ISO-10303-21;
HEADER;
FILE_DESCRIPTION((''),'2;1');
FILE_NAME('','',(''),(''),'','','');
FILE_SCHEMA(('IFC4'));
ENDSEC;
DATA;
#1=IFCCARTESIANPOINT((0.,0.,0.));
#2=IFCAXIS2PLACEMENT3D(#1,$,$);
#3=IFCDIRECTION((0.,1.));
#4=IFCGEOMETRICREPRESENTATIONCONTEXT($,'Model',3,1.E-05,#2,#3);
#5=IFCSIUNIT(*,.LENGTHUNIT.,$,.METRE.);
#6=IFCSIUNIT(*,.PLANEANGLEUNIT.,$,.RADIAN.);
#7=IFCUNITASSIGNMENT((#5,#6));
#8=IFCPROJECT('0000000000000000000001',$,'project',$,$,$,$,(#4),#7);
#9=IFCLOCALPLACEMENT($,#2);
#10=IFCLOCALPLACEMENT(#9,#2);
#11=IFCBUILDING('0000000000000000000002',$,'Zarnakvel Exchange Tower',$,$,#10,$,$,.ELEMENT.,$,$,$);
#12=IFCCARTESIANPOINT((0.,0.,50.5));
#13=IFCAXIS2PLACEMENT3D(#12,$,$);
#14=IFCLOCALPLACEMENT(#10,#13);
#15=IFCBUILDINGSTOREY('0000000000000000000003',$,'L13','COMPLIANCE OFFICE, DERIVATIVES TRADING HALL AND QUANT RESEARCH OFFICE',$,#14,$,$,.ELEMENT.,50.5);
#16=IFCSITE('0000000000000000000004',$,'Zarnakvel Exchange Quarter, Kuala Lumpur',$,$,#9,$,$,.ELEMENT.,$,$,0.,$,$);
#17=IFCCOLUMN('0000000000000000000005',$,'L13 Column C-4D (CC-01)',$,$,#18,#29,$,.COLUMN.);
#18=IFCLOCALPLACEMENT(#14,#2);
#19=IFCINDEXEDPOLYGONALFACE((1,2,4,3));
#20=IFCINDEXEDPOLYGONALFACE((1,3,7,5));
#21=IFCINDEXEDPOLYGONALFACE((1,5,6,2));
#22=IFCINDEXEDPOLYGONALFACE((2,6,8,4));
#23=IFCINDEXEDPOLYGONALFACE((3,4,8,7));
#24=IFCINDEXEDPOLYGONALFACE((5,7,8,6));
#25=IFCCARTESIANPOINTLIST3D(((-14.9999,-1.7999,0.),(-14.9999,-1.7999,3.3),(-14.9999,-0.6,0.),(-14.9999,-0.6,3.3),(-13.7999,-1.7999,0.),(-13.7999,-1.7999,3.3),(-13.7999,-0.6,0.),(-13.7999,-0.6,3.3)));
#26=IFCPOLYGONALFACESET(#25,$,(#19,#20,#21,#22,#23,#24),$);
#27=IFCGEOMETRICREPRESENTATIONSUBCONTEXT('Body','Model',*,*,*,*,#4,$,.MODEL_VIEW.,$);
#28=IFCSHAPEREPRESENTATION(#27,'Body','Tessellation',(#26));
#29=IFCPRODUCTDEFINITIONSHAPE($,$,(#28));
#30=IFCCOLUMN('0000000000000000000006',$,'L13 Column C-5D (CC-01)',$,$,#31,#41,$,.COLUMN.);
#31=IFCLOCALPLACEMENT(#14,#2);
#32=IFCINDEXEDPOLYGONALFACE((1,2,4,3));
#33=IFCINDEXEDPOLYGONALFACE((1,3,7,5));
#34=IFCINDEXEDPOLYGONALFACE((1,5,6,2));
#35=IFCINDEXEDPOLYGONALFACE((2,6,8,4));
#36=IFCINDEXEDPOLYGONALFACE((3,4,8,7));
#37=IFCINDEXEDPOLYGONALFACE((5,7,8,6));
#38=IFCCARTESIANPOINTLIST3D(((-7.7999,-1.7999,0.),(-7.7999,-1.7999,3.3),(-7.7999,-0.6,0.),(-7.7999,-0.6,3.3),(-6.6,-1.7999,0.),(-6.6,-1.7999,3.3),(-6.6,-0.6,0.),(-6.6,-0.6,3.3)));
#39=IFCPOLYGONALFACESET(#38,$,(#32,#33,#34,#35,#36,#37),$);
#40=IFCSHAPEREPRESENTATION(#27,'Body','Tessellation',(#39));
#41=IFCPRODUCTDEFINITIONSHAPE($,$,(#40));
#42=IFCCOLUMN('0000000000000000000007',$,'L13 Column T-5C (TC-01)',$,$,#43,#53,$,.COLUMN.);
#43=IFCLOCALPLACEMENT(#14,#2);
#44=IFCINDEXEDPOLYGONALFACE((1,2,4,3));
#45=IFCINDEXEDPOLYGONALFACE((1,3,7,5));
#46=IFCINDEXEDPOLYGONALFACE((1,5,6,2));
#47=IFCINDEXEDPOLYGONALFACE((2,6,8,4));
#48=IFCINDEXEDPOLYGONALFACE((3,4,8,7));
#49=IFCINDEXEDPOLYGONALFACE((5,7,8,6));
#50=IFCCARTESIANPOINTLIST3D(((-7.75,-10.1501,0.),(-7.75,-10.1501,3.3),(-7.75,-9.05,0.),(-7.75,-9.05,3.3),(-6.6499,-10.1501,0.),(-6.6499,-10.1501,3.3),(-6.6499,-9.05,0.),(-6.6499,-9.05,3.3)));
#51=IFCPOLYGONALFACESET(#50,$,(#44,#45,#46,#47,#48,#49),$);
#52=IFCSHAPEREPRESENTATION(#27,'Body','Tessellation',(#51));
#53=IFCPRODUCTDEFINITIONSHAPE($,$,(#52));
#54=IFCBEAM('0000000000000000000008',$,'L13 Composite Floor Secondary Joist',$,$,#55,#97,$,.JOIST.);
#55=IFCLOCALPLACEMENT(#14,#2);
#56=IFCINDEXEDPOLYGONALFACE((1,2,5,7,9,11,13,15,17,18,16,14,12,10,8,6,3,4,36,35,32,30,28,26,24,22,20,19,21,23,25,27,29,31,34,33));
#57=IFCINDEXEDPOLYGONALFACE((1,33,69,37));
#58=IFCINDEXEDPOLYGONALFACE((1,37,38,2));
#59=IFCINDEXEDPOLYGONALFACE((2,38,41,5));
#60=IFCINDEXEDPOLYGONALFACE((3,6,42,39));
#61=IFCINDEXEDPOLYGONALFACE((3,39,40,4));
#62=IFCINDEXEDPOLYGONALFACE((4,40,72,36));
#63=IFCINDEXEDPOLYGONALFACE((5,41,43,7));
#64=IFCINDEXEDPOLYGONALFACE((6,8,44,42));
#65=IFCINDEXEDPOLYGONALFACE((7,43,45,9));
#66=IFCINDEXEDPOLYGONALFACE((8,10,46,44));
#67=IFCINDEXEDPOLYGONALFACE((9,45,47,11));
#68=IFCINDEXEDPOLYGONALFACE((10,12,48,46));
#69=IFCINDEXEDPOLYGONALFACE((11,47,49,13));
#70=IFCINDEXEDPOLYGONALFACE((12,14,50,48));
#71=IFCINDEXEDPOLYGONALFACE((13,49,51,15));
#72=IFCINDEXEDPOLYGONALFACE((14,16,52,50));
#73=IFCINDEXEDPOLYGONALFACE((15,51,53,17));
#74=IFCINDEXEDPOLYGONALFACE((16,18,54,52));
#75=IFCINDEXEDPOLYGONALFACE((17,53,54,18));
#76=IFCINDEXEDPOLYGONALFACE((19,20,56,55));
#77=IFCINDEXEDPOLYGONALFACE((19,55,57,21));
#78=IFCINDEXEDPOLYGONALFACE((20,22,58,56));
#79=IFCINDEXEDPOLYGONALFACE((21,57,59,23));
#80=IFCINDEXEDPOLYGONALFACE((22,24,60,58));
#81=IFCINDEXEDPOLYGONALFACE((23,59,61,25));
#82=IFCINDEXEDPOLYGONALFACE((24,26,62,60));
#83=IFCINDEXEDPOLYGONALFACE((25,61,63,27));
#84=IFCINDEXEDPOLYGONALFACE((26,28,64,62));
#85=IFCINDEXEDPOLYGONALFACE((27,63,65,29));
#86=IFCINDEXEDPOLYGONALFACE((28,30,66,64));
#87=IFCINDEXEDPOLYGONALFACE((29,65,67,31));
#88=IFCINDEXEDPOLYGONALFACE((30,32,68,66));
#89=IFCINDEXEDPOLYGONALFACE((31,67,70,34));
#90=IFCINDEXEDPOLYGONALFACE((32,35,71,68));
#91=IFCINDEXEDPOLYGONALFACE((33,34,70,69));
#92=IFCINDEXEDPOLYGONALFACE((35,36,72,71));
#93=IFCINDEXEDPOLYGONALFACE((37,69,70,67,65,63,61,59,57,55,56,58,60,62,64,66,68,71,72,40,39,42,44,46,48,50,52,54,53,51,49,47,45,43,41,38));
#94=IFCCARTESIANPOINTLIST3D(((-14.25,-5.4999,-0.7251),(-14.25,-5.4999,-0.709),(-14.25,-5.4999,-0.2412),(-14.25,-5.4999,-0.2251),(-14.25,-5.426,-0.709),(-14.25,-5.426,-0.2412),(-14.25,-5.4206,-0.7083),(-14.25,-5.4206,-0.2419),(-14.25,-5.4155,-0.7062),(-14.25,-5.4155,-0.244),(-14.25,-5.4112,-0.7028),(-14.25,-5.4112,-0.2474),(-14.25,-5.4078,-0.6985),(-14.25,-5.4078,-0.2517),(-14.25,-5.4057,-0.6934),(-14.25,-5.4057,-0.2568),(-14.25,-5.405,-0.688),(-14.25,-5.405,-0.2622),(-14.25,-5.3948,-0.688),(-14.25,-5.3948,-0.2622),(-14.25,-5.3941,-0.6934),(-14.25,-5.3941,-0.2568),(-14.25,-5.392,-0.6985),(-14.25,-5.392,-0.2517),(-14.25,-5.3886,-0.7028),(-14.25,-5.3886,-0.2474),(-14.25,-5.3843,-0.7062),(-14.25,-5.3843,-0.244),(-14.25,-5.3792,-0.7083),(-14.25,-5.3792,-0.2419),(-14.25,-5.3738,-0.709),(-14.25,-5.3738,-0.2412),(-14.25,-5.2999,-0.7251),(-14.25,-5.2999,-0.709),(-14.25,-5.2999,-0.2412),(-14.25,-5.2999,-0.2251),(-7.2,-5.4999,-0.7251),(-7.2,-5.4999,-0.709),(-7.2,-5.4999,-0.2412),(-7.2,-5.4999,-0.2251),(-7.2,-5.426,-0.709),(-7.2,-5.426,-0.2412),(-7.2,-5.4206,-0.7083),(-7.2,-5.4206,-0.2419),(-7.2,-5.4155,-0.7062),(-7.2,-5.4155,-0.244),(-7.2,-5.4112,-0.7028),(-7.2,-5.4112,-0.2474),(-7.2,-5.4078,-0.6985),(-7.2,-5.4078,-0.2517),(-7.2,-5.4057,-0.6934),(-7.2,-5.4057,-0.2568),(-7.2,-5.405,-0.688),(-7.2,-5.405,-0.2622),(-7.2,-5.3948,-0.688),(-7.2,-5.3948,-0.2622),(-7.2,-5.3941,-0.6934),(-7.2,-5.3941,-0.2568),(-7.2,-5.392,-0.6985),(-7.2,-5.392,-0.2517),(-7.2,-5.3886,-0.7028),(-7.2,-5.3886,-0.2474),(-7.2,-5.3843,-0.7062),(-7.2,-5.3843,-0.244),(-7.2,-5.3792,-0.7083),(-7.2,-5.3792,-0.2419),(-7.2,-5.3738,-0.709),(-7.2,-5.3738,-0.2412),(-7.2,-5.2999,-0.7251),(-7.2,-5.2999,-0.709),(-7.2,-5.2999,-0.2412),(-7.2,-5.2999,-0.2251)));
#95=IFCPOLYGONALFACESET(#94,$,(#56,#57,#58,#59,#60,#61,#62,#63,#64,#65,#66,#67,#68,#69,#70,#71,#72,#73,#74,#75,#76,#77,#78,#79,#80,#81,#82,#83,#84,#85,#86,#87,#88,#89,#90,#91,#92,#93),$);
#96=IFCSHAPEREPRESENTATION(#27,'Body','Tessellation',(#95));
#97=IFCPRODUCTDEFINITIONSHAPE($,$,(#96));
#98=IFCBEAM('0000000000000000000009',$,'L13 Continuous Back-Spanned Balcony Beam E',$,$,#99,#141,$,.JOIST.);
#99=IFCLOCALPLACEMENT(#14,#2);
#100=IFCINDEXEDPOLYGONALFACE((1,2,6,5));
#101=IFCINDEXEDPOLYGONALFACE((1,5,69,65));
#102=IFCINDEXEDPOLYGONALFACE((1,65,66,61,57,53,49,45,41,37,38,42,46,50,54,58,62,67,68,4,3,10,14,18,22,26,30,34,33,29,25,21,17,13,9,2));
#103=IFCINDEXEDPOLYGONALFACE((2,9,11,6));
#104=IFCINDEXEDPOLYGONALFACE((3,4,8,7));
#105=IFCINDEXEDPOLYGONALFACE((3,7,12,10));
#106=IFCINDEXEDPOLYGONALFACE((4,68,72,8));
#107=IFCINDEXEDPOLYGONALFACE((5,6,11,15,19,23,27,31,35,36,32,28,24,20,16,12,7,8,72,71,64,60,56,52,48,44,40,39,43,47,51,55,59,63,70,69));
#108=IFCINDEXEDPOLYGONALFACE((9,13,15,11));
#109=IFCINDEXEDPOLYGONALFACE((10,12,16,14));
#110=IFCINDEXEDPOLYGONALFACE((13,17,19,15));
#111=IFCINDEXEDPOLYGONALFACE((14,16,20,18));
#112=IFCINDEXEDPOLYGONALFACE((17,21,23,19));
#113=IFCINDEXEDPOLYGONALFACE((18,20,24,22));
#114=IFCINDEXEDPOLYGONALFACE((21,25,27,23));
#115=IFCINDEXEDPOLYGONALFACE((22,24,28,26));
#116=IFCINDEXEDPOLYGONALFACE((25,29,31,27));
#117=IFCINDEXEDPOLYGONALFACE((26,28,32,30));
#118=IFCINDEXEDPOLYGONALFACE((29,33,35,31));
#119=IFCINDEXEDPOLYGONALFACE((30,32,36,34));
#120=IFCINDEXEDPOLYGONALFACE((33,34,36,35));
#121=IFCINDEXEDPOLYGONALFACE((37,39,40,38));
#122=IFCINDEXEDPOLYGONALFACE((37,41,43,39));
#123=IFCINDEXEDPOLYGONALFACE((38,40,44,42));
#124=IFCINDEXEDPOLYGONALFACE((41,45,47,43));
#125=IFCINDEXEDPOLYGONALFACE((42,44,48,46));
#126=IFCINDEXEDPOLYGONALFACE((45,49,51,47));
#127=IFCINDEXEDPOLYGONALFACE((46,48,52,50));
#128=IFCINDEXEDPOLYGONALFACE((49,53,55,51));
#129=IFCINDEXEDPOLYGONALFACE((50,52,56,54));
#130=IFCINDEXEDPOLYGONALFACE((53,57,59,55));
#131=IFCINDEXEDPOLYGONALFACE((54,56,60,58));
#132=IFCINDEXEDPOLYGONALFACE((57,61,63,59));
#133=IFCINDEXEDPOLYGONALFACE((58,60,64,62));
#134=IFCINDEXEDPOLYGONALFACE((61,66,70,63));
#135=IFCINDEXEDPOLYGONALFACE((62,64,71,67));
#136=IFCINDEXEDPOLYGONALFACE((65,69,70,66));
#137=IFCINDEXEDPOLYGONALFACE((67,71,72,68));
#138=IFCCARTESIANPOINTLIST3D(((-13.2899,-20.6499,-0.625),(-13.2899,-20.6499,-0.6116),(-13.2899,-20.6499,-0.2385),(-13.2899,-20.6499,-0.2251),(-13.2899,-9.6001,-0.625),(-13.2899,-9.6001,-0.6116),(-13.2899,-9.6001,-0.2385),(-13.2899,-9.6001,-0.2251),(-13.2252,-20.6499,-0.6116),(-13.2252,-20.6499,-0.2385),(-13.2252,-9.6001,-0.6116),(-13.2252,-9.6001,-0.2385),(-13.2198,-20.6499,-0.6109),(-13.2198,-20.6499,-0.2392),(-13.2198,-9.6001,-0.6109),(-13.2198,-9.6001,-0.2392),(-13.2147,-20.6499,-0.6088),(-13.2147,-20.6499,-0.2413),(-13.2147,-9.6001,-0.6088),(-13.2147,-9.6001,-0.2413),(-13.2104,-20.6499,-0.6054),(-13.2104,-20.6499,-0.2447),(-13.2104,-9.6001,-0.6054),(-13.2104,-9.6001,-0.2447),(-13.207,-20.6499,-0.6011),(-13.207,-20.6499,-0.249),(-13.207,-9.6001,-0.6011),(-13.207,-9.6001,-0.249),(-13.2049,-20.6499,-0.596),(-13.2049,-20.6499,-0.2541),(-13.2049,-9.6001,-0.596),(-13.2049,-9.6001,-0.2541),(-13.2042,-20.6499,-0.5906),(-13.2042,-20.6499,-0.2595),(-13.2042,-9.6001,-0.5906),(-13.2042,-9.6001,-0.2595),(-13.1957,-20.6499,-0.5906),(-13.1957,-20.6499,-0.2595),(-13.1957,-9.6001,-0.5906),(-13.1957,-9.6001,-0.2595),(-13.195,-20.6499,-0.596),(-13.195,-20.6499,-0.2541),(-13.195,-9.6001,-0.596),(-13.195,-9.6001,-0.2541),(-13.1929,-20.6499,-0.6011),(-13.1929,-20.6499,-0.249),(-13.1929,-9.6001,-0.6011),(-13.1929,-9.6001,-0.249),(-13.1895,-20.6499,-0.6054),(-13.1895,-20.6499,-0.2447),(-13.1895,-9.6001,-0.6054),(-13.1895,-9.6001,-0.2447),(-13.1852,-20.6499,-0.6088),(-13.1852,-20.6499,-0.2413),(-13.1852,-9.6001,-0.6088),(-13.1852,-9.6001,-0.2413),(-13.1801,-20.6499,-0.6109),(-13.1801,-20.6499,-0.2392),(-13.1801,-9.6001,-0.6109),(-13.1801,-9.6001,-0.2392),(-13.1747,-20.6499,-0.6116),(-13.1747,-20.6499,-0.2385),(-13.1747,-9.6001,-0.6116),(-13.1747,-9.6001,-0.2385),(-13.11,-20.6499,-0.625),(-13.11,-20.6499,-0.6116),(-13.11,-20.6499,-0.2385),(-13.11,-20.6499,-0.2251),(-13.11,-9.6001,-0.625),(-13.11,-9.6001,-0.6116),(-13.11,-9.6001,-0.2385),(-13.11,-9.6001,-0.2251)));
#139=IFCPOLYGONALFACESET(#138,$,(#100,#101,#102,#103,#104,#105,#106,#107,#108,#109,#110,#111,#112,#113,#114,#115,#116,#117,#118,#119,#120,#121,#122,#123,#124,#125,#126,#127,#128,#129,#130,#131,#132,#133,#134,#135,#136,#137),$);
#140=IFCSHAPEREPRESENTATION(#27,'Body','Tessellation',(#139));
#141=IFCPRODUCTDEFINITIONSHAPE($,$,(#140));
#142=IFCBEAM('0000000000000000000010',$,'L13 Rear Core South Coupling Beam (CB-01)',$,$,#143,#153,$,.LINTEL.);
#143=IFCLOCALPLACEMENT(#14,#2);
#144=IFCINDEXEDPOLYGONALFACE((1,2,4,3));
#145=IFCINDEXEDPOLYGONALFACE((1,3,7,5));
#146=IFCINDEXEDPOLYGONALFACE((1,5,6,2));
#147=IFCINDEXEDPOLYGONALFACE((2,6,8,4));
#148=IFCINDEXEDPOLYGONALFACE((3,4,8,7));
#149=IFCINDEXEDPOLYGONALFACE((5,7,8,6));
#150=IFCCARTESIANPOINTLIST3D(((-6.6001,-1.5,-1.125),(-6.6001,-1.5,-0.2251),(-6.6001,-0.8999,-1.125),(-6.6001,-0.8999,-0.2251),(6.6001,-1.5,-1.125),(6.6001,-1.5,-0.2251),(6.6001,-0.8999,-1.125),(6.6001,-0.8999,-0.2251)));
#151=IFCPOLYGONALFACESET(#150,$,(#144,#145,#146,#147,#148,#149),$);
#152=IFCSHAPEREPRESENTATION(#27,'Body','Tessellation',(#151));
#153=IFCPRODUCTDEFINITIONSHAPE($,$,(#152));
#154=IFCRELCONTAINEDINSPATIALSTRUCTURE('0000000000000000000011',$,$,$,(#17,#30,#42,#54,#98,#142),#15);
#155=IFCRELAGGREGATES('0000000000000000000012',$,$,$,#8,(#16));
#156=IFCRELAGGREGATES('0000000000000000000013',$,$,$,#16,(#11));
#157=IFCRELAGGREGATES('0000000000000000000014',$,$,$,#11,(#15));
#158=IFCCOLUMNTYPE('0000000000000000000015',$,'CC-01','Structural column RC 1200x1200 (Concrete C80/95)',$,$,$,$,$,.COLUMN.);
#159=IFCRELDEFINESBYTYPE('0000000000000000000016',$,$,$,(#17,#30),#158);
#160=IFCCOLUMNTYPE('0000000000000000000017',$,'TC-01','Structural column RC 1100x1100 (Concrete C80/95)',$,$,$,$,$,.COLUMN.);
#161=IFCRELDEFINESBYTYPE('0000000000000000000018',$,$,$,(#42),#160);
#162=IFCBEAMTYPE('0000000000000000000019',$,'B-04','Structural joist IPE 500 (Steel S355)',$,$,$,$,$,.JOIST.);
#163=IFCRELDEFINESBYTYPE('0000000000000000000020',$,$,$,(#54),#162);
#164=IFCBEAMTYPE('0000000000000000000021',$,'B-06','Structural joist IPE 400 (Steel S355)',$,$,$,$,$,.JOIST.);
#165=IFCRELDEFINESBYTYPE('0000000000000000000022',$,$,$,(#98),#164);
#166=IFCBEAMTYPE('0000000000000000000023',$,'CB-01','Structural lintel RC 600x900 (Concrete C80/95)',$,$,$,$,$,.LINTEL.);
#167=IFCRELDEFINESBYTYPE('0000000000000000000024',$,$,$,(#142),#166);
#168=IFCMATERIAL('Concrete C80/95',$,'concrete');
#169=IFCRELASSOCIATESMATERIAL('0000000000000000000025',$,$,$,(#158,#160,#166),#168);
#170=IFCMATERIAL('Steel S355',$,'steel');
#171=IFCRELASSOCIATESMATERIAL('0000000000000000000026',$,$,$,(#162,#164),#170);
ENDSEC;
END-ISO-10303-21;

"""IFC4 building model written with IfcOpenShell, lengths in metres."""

from ifc_helpers import new_model, si_unit, direction, frame, origin, origin_2d, place, context, subcontext, project, spatial, rectangle, i_section, extrude, material, material_profile, profile_set, type_object, element, save


model = new_model("IFC4")

# Units and contexts
model_context = context("Model", 3, precision=1e-05, world=origin(), true_north=direction((0.0, 1.0)))
body_context = subcontext(model_context, "Body", "Model", "MODEL_VIEW")
ifc_project = project(units=[si_unit("LENGTHUNIT", "METRE"), si_unit("PLANEANGLEUNIT", "RADIAN")], contexts=[model_context])

# Site, building, storey
site_placement = place(None, origin())
site = spatial("IfcSite", under=ifc_project, at=site_placement, Name="Zarnakvel Exchange Quarter, Kuala Lumpur", CompositionType="ELEMENT", RefElevation=0.0)
building_placement = place(site_placement, origin())
building = spatial("IfcBuilding", under=site, at=building_placement, Name="Zarnakvel Exchange Tower", CompositionType="ELEMENT")
storey_placement = place(building_placement, frame((0.0, 0.0, 50.5)))
storey = spatial("IfcBuildingStorey", under=building, at=storey_placement, Name="L13", Description="COMPLIANCE OFFICE, DERIVATIVES TRADING HALL AND QUANT RESEARCH OFFICE", CompositionType="ELEMENT", Elevation=50.5)

# Columns
ifc_material_1 = material(Name="Concrete C80/95", Category="concrete")
ifc_material_profile_1 = material_profile(ifc_material_1, rectangle(XDim=1.2, YDim=1.2, at=origin_2d()))
ifc_profile_set_1 = profile_set([ifc_material_profile_1], Name="Concrete C80/95")
column_type_1 = type_object("IfcColumnType", Name="CC-01", Description="Structural column RC 1200x1200 (Concrete C80/95)", PredefinedType="COLUMN", material=ifc_profile_set_1)
for number, where, z_axis, x_axis, name in (
    (1, (-14.3999, -1.2, 0.0), (0.0, 0.0, 1.0), (1.0, 0.0, 0.0), "L13 Column C-4D (CC-01)"),
    (2, (-7.2, -1.2, 0.0), (0.0, 0.0, 1.0), (1.0, 0.0, 0.0), "L13 Column C-5D (CC-01)"),
):
    element("IfcColumn", number, at=place(storey_placement, frame(where, z_axis=z_axis, x_axis=x_axis)), inside=storey, type_object=column_type_1, Name=name, PredefinedType="COLUMN", context=body_context, shape_type="SweptSolid", body=[
        extrude(rectangle(XDim=1.2, YDim=1.2, at=origin_2d()), origin(), (0.0, 0.0, 1.0), 3.3),
    ])
ifc_material_profile_2 = material_profile(ifc_material_1, rectangle(XDim=1.1001, YDim=1.1001, at=origin_2d()))
ifc_profile_set_2 = profile_set([ifc_material_profile_2], Name="Concrete C80/95")
column_type_2 = type_object("IfcColumnType", Name="TC-01", Description="Structural column RC 1100x1100 (Concrete C80/95)", PredefinedType="COLUMN", material=ifc_profile_set_2)
column_placement = place(storey_placement, frame((-7.2, -9.6001, 0.0), z_axis=(0.0, 0.0, 1.0), x_axis=(1.0, 0.0, 0.0)))
element("IfcColumn", 3, at=column_placement, inside=storey, type_object=column_type_2, Name="L13 Column T-5C (TC-01)", PredefinedType="COLUMN", context=body_context, shape_type="SweptSolid", body=[
    extrude(rectangle(XDim=1.1001, YDim=1.1001, at=origin_2d()), origin(), (0.0, 0.0, 1.0), 3.3),
])

# Beams
ifc_material_2 = material(Name="Steel S355", Category="steel")
ifc_material_profile_3 = material_profile(ifc_material_2, i_section(OverallWidth=0.2, OverallDepth=0.5, WebThickness=0.0103, FlangeThickness=0.0161, FilletRadius=0.021, at=origin_2d()))
ifc_profile_set_3 = profile_set([ifc_material_profile_3], Name="Steel S355")
beam_type_1 = type_object("IfcBeamType", Name="B-04", Description="Structural joist IPE 500 (Steel S355)", PredefinedType="JOIST", material=ifc_profile_set_3)
beam_1_placement = place(storey_placement, frame((-14.25, -5.3999, -0.4751), z_axis=(1.0, 0.0, 0.0), x_axis=(0.0, 1.0, 0.0)))
element("IfcBeam", 4, at=beam_1_placement, inside=storey, type_object=beam_type_1, Name="L13 Composite Floor Secondary Joist", PredefinedType="JOIST", context=body_context, shape_type="SweptSolid", body=[
    extrude(i_section(OverallWidth=0.2, OverallDepth=0.5, WebThickness=0.0103, FlangeThickness=0.0161, FilletRadius=0.021, at=origin_2d()), origin(), (0.0, 0.0, 1.0), 7.05),
])
ifc_material_profile_4 = material_profile(ifc_material_2, i_section(OverallWidth=0.1799, OverallDepth=0.3999, WebThickness=0.0085, FlangeThickness=0.0134, FilletRadius=0.021, at=origin_2d()))
ifc_profile_set_4 = profile_set([ifc_material_profile_4], Name="Steel S355")
beam_type_2 = type_object("IfcBeamType", Name="B-06", Description="Structural joist IPE 400 (Steel S355)", PredefinedType="JOIST", material=ifc_profile_set_4)
beam_2_placement = place(storey_placement, frame((-13.2, -9.6001, -0.425), z_axis=(0.0, -1.0, 0.0), x_axis=(1.0, 0.0, 0.0)))
element("IfcBeam", 5, at=beam_2_placement, inside=storey, type_object=beam_type_2, Name="L13 Continuous Back-Spanned Balcony Beam E", PredefinedType="JOIST", context=body_context, shape_type="SweptSolid", body=[
    extrude(i_section(OverallWidth=0.1799, OverallDepth=0.3999, WebThickness=0.0085, FlangeThickness=0.0134, FilletRadius=0.021, at=origin_2d()), origin(), (0.0, 0.0, 1.0), 11.0498),
])
ifc_material_profile_5 = material_profile(ifc_material_1, rectangle(XDim=0.6001, YDim=0.8999, at=origin_2d()))
ifc_profile_set_5 = profile_set([ifc_material_profile_5], Name="Concrete C80/95")
beam_type_3 = type_object("IfcBeamType", Name="CB-01", Description="Structural lintel RC 600x900 (Concrete C80/95)", PredefinedType="LINTEL", material=ifc_profile_set_5)
beam_3_placement = place(storey_placement, frame((-6.6001, -1.2, -0.675), z_axis=(1.0, 0.0, 0.0), x_axis=(0.0, 1.0, 0.0)))
element("IfcBeam", 6, at=beam_3_placement, inside=storey, type_object=beam_type_3, Name="L13 Rear Core South Coupling Beam (CB-01)", PredefinedType="LINTEL", context=body_context, shape_type="SweptSolid", body=[
    extrude(rectangle(XDim=0.6001, YDim=0.8999, at=origin_2d()), origin(), (0.0, 0.0, 1.0), 13.2002),
])

save(model, "model.ifc")
